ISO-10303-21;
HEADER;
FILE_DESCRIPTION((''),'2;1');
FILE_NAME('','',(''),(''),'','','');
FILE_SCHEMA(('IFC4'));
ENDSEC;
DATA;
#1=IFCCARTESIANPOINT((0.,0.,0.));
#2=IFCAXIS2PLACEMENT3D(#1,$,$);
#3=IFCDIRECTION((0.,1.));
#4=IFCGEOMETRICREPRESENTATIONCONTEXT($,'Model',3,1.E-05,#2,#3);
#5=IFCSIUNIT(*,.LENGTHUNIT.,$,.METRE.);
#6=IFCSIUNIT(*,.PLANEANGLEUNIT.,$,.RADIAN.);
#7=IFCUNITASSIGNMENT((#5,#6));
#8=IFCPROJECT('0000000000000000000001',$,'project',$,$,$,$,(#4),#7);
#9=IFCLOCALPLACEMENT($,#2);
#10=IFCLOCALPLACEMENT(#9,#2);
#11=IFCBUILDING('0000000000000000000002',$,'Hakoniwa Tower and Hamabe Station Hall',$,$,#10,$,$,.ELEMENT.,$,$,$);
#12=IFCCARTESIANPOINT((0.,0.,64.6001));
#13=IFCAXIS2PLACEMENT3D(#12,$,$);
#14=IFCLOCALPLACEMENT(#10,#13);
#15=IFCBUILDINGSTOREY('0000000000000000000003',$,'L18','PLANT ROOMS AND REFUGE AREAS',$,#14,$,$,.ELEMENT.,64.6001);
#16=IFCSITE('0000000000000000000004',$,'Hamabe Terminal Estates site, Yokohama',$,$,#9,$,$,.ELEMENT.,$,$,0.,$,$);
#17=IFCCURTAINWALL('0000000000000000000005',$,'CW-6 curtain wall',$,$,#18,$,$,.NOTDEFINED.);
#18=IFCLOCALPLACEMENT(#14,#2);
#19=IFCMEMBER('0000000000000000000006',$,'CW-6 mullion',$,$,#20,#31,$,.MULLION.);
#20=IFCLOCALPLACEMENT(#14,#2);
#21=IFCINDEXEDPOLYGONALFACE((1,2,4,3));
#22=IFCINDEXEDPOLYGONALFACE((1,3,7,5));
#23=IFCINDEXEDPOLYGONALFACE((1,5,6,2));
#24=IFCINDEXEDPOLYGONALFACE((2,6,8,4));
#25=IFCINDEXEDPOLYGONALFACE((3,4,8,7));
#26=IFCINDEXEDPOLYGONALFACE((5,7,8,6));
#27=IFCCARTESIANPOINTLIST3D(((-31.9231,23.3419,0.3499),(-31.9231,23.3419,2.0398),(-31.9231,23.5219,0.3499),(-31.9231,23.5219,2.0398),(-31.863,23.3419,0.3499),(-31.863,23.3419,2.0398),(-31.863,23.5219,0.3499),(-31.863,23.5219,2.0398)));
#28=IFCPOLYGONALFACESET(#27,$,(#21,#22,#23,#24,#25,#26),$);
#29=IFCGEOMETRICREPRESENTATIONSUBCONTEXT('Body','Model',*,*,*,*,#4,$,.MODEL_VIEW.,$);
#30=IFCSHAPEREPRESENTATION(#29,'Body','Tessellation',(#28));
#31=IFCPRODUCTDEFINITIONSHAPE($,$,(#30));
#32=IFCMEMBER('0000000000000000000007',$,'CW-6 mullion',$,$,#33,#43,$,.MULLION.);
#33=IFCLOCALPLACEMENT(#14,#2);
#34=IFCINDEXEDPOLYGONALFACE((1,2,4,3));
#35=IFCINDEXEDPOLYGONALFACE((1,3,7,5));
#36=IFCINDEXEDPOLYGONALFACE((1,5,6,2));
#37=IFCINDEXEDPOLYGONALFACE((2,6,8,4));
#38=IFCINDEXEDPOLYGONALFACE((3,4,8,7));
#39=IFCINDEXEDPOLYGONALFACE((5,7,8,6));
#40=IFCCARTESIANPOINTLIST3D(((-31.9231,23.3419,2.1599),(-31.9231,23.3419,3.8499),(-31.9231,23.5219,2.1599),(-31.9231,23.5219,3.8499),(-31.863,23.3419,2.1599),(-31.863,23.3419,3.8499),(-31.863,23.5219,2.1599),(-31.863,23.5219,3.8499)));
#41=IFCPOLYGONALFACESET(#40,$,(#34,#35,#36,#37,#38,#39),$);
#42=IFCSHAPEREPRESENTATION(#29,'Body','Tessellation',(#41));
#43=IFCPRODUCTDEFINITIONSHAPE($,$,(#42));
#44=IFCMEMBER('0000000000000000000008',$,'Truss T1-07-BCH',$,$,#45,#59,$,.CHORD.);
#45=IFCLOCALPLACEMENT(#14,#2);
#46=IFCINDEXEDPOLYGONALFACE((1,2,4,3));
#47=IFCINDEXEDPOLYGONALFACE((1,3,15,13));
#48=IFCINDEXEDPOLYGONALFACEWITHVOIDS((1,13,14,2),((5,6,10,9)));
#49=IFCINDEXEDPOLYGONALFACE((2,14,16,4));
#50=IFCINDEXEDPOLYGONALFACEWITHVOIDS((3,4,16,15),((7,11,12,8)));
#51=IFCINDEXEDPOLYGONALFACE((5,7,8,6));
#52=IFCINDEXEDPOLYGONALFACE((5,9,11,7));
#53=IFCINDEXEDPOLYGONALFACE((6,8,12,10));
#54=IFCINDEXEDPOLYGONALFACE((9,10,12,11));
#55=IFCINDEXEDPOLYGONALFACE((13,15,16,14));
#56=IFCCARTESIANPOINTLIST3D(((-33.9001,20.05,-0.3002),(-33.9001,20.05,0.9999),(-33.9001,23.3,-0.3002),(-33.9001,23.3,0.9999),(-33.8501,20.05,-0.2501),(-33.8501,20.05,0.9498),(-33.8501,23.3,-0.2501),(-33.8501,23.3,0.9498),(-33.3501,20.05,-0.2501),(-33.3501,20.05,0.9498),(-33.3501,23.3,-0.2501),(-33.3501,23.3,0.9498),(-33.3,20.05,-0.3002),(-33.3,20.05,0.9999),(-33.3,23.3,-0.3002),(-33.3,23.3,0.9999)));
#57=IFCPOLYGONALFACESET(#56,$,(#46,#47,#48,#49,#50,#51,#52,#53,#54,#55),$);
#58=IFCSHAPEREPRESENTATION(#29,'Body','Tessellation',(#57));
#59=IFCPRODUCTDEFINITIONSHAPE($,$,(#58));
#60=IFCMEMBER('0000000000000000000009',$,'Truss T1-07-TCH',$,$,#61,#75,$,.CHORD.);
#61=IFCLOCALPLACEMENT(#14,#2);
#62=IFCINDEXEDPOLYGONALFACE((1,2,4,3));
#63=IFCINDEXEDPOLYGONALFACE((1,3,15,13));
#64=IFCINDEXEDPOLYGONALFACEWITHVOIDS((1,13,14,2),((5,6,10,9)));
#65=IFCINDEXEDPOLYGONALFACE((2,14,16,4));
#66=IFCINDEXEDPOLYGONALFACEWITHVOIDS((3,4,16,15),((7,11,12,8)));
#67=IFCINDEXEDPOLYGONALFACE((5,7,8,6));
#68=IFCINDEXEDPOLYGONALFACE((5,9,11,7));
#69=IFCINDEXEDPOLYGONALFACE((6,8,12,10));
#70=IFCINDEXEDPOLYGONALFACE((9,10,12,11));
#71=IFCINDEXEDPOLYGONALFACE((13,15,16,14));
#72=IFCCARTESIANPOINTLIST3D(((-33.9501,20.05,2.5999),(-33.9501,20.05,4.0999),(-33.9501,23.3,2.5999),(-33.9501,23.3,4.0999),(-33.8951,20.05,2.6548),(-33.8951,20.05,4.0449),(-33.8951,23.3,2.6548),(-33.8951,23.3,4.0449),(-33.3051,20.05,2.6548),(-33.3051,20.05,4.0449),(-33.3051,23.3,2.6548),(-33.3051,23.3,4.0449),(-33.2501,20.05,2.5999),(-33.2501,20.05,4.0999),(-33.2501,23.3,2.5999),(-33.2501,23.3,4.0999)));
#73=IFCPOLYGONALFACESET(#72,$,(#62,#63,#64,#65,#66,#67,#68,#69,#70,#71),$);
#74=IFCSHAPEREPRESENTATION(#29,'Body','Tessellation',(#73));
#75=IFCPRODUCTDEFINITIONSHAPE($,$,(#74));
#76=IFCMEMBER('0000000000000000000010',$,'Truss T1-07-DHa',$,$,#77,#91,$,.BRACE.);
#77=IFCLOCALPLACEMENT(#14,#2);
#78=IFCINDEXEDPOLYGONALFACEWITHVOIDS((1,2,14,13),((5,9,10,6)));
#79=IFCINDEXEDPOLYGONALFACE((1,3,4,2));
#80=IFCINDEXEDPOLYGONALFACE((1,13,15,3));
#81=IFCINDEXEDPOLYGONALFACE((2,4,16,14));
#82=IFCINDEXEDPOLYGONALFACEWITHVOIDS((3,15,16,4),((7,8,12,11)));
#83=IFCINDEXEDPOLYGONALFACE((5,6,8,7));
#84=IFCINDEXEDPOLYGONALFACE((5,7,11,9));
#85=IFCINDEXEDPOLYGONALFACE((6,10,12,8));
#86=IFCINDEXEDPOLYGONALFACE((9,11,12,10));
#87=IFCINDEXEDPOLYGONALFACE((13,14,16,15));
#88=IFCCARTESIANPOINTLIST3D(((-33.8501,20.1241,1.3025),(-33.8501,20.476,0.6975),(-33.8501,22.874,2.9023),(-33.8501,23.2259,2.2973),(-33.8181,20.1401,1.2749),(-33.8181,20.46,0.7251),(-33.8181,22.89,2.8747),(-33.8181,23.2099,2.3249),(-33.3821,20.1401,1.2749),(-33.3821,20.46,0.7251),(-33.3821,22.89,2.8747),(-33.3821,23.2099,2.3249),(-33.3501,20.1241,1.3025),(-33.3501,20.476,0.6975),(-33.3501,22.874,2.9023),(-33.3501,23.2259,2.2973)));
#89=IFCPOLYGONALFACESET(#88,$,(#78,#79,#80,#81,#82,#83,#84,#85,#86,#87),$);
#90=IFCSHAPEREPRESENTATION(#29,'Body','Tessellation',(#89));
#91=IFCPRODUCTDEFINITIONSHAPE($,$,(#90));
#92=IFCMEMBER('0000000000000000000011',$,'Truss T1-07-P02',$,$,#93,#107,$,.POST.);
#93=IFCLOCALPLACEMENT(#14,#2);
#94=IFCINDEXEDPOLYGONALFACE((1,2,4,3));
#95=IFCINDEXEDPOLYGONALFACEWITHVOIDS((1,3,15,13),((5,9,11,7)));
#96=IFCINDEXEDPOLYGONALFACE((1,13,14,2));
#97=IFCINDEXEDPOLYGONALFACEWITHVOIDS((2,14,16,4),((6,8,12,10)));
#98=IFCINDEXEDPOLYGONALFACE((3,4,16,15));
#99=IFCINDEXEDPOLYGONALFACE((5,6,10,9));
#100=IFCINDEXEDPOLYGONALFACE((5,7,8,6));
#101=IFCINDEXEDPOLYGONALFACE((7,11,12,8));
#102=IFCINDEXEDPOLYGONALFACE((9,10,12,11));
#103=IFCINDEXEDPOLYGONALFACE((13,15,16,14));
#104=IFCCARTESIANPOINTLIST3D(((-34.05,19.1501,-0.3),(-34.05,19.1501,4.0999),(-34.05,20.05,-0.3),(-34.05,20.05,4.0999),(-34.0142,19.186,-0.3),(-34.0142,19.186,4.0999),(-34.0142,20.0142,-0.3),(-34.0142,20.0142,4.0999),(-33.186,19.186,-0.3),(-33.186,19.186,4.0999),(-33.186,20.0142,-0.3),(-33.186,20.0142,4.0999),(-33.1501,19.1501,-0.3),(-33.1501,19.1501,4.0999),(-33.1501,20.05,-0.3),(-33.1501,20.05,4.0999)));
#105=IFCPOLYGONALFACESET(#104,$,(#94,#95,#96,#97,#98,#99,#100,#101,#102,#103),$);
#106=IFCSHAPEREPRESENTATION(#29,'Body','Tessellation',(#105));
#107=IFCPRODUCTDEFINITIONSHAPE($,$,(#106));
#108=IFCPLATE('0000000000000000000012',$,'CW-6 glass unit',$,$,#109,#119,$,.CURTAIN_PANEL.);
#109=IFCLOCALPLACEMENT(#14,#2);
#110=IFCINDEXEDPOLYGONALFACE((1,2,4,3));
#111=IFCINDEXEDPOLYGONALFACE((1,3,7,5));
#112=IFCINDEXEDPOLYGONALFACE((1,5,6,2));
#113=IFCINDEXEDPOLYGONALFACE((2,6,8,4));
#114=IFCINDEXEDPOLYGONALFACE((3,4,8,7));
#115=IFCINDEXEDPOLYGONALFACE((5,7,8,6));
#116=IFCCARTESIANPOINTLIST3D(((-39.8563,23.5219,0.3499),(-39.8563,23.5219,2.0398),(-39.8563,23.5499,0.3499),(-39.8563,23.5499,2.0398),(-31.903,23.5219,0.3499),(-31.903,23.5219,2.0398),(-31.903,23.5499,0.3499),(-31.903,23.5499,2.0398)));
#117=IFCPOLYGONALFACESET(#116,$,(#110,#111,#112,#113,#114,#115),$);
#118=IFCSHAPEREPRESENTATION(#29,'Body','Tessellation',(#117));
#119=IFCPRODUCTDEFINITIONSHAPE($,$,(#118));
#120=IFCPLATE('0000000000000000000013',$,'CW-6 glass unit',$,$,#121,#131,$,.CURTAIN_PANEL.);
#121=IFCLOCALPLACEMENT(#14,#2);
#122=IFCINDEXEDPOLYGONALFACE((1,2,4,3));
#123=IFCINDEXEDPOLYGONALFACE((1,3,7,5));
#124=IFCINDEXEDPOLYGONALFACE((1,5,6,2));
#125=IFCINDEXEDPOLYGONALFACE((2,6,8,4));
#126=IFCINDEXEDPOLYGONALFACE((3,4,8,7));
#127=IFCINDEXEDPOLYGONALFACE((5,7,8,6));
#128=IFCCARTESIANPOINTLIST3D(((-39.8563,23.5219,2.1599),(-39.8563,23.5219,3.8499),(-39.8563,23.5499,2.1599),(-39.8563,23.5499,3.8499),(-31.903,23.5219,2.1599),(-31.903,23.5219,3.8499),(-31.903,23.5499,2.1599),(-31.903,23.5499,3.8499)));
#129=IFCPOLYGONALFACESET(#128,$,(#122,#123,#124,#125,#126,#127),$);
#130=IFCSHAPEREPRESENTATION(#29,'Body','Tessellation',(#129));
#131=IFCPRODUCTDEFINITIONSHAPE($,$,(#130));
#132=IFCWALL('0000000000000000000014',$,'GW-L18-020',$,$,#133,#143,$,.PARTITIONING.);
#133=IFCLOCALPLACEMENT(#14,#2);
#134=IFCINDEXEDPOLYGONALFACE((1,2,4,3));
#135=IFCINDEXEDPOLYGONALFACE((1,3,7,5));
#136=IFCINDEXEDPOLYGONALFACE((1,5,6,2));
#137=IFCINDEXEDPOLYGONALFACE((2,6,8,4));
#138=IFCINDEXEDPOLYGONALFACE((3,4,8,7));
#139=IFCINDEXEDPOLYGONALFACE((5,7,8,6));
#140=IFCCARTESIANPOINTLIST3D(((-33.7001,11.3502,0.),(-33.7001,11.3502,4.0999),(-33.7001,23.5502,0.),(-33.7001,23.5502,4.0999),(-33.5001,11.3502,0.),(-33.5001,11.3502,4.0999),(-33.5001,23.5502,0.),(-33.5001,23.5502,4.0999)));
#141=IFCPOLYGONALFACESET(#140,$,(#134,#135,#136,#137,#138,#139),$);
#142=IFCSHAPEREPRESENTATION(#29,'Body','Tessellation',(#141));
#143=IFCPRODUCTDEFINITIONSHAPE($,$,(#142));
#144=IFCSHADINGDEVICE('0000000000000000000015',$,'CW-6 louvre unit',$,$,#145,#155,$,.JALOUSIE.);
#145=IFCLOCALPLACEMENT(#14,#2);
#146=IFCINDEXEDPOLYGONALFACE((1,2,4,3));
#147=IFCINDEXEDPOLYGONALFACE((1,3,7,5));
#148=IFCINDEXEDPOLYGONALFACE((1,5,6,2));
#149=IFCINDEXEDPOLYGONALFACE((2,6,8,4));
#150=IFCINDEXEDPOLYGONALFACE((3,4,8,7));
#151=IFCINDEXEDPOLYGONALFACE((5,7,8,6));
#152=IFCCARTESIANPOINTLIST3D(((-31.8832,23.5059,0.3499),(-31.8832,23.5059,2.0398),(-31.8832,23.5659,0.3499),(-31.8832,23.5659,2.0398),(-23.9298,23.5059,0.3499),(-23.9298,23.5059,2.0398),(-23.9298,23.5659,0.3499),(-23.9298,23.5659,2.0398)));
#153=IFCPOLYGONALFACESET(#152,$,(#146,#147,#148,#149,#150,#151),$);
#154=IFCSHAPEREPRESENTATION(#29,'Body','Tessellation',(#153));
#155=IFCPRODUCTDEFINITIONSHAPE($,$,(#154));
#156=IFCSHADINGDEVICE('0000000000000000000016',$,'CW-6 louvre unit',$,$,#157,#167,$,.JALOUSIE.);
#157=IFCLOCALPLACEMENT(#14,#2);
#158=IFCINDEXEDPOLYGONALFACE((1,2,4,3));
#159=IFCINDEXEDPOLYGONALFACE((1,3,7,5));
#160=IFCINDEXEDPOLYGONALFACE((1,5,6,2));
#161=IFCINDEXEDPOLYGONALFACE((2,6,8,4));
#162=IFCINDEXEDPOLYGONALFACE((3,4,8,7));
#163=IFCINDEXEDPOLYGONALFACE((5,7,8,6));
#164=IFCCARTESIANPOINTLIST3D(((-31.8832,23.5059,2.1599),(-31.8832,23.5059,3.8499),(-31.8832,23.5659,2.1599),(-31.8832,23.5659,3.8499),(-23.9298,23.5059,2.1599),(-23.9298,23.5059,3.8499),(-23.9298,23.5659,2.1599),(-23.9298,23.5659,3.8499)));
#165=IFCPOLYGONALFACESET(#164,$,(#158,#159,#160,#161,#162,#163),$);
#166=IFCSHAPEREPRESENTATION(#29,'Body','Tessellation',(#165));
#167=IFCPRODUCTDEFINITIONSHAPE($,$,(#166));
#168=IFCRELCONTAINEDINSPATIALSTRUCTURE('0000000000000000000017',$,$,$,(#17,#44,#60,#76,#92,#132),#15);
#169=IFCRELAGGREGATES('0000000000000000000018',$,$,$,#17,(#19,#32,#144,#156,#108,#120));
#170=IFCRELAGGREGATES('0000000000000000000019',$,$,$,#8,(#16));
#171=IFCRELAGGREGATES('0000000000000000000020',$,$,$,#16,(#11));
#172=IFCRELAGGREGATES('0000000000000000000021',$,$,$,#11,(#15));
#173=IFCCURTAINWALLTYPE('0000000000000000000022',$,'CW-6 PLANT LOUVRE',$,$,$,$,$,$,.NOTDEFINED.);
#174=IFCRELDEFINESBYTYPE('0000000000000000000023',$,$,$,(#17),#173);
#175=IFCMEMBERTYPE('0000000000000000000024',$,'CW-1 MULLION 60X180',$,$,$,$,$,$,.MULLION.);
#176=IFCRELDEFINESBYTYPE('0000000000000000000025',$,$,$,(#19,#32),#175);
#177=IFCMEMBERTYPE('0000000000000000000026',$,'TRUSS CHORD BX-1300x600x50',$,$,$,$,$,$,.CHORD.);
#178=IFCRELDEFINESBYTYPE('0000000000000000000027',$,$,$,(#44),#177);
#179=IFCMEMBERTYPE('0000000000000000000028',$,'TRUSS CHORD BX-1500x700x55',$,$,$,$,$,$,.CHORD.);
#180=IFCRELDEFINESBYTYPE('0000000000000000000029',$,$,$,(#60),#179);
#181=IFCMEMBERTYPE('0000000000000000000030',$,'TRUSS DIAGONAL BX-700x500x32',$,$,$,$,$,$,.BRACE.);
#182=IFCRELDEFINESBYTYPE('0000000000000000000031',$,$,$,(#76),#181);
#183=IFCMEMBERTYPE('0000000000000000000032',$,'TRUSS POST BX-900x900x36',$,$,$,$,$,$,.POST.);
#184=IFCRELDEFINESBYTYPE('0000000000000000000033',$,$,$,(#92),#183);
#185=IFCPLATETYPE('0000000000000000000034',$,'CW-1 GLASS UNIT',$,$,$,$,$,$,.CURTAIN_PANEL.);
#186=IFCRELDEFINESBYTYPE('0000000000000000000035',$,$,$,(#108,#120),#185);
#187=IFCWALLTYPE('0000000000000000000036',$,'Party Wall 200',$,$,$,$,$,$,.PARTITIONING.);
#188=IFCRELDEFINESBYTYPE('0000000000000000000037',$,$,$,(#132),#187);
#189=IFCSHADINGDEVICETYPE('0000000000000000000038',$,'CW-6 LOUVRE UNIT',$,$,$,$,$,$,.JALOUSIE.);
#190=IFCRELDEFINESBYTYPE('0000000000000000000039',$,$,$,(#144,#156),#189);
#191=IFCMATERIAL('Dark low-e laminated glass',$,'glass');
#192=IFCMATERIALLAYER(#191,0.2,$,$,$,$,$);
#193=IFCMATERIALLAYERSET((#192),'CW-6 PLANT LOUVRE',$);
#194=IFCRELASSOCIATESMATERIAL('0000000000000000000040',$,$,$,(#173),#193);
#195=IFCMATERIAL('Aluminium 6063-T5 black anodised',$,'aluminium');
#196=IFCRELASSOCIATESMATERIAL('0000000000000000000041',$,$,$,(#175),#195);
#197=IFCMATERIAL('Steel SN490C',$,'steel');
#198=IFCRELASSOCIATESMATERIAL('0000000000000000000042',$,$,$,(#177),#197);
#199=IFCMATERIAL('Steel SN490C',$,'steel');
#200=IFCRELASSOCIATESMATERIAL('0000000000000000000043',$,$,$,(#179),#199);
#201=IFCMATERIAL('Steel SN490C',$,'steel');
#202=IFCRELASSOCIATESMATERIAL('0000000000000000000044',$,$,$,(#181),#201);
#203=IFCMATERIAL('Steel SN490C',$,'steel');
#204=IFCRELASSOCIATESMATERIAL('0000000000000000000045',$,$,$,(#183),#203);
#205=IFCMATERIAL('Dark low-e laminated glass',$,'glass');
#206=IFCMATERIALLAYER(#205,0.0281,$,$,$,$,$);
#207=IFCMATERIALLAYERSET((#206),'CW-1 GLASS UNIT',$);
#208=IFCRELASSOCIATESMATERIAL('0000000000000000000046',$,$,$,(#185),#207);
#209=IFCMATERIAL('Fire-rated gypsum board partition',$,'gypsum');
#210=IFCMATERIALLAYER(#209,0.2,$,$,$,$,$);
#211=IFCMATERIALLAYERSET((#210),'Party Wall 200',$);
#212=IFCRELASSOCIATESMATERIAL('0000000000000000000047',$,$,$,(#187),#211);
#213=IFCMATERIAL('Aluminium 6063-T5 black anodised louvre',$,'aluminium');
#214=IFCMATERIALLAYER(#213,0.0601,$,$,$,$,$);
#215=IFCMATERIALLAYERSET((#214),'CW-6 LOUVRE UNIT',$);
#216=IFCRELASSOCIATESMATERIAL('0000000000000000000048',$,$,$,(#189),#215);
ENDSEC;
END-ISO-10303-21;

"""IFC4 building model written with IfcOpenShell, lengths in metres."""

from ifc_helpers import new_model, si_unit, direction, frame, frame_2d, origin, origin_2d, place, context, subcontext, project, spatial, rectangle, hollow_rectangle, extrude, material, layer, layer_set, material_profile, profile_set, type_object, element, aggregate, save


model = new_model("IFC4")

# Units and contexts
model_context = context("Model", 3, precision=1e-05, world=origin(), true_north=direction((0.0, 1.0)))
body_context = subcontext(model_context, "Body", "Model", "MODEL_VIEW")
ifc_project = project(units=[si_unit("LENGTHUNIT", "METRE"), si_unit("PLANEANGLEUNIT", "RADIAN")], contexts=[model_context])

# Site, building, storey
site_placement = place(None, origin())
site = spatial("IfcSite", under=ifc_project, at=site_placement, Name="Hamabe Terminal Estates site, Yokohama", CompositionType="ELEMENT", RefElevation=0.0)
building_placement = place(site_placement, origin())
building = spatial("IfcBuilding", under=site, at=building_placement, Name="Hakoniwa Tower and Hamabe Station Hall", CompositionType="ELEMENT")
storey_placement = place(building_placement, frame((0.0, 0.0, 64.6001)))
storey = spatial("IfcBuildingStorey", under=building, at=storey_placement, Name="L18", Description="PLANT ROOMS AND REFUGE AREAS", CompositionType="ELEMENT", Elevation=64.6001)

# Curtain wall, members
ifc_material_1 = material(Name="Dark low-e laminated glass", Category="glass")
ifc_layer_1 = layer(ifc_material_1, 0.2)
ifc_layer_set_1 = layer_set([ifc_layer_1], Name="CW-6 PLANT LOUVRE")
curtain_wall_type = type_object("IfcCurtainWallType", Name="CW-6 PLANT LOUVRE", PredefinedType="NOTDEFINED", material=ifc_layer_set_1)
curtain_wall_placement = place(storey_placement, origin())
curtain_wall = element("IfcCurtainWall", 1, at=curtain_wall_placement, inside=storey, type_object=curtain_wall_type, Name="CW-6 curtain wall", PredefinedType="NOTDEFINED")
ifc_material_2 = material(Name="Aluminium 6063-T5 black anodised", Category="aluminium")
ifc_material_profile_1 = material_profile(ifc_material_2, rectangle(XDim=0.0601, YDim=0.1799, at=origin_2d()), Name="CW-1 MULLION 60X180")
ifc_profile_set_1 = profile_set([ifc_material_profile_1], Name="Aluminium 6063-T5 black anodised")
member_type_1 = type_object("IfcMemberType", Name="CW-1 MULLION 60X180", PredefinedType="MULLION", material=ifc_profile_set_1)
member_1_placement = place(storey_placement, frame((-31.8931, 23.4319, 0.3499), z_axis=(0.0, 0.0, 1.0), x_axis=(-1.0, 0.0, 0.0)))
member_1 = element("IfcMember", 2, at=member_1_placement, type_object=member_type_1, Name="CW-6 mullion", PredefinedType="MULLION", context=body_context, shape_type="SweptSolid", body=[
    extrude(rectangle(XDim=0.0601, YDim=0.1799, at=origin_2d()), origin(), (0.0, 0.0, 1.0), 1.6899),
])
member_2_placement = place(storey_placement, frame((-31.8931, 23.4319, 2.1599), z_axis=(0.0, 0.0, 1.0), x_axis=(-1.0, 0.0, 0.0)))
member_2 = element("IfcMember", 3, at=member_2_placement, type_object=member_type_1, Name="CW-6 mullion", PredefinedType="MULLION", context=body_context, shape_type="SweptSolid", body=[
    extrude(rectangle(XDim=0.0601, YDim=0.1799, at=origin_2d()), origin(), (0.0, 0.0, 1.0), 1.6899),
])

# Members
ifc_material_3 = material(Name="Steel SN490C", Category="steel")
ifc_material_profile_2 = material_profile(ifc_material_3, hollow_rectangle(XDim=0.6001, YDim=1.3, WallThickness=0.05, at=origin_2d()), Name="BX-1300x600x50")
ifc_profile_set_2 = profile_set([ifc_material_profile_2], Name="Steel SN490C")
member_type_2 = type_object("IfcMemberType", Name="TRUSS CHORD BX-1300x600x50", PredefinedType="CHORD", material=ifc_profile_set_2)
member_3_placement = place(storey_placement, frame((-33.6001, 20.05, 0.3499), z_axis=(0.0, 1.0, 0.0), x_axis=(-1.0, 0.0, 0.0)))
element("IfcMember", 4, at=member_3_placement, inside=storey, type_object=member_type_2, Name="Truss T1-07-BCH", PredefinedType="CHORD", context=body_context, shape_type="SweptSolid", body=[
    extrude(hollow_rectangle(XDim=0.6001, YDim=1.3, WallThickness=0.05, at=origin_2d()), origin(), (0.0, 0.0, 1.0), 3.25),
])
ifc_material_4 = material(Name="Steel SN490C", Category="steel")
ifc_material_profile_3 = material_profile(ifc_material_4, hollow_rectangle(XDim=0.7, YDim=1.5, WallThickness=0.0549, at=origin_2d()), Name="BX-1500x700x55")
ifc_profile_set_3 = profile_set([ifc_material_profile_3], Name="Steel SN490C")
member_type_3 = type_object("IfcMemberType", Name="TRUSS CHORD BX-1500x700x55", PredefinedType="CHORD", material=ifc_profile_set_3)
member_4_placement = place(storey_placement, frame((-33.6001, 20.05, 3.3499), z_axis=(0.0, 1.0, 0.0), x_axis=(-1.0, 0.0, 0.0)))
element("IfcMember", 5, at=member_4_placement, inside=storey, type_object=member_type_3, Name="Truss T1-07-TCH", PredefinedType="CHORD", context=body_context, shape_type="SweptSolid", body=[
    extrude(hollow_rectangle(XDim=0.7, YDim=1.5, WallThickness=0.0549, at=origin_2d()), origin(), (0.0, 0.0, 1.0), 3.25),
])
ifc_material_5 = material(Name="Steel SN490C", Category="steel")
ifc_material_profile_4 = material_profile(ifc_material_5, hollow_rectangle(XDim=0.5, YDim=0.7, WallThickness=0.032, at=origin_2d()), Name="BX-700x500x32")
ifc_profile_set_4 = profile_set([ifc_material_profile_4], Name="Steel SN490C")
member_type_4 = type_object("IfcMemberType", Name="TRUSS DIAGONAL BX-700x500x32", PredefinedType="BRACE", material=ifc_profile_set_4)
member_5_placement = place(storey_placement, frame((-33.6001, 20.3, 1.0), z_axis=(0.0, 0.864368, 0.502859), x_axis=(-1.0, 0.0, 0.0)))
element("IfcMember", 6, at=member_5_placement, inside=storey, type_object=member_type_4, Name="Truss T1-07-DHa", PredefinedType="BRACE", context=body_context, shape_type="SweptSolid", body=[
    extrude(hollow_rectangle(XDim=0.5, YDim=0.7, WallThickness=0.032, at=origin_2d()), origin(), (0.0, 0.0, 1.0), 3.1814),
])
ifc_material_6 = material(Name="Steel SN490C", Category="steel")
ifc_material_profile_5 = material_profile(ifc_material_6, hollow_rectangle(XDim=0.8999, YDim=0.8999, WallThickness=0.0359, at=origin_2d()), Name="BX-900x900x36")
ifc_profile_set_5 = profile_set([ifc_material_profile_5], Name="Steel SN490C")
member_type_5 = type_object("IfcMemberType", Name="TRUSS POST BX-900x900x36", PredefinedType="POST", material=ifc_profile_set_5)
member_6_placement = place(storey_placement, frame((-33.6001, 19.6001, -0.3), z_axis=(0.0, 0.0, 1.0), x_axis=(1.0, 0.0, 0.0)))
element("IfcMember", 7, at=member_6_placement, inside=storey, type_object=member_type_5, Name="Truss T1-07-P02", PredefinedType="POST", context=body_context, shape_type="SweptSolid", body=[
    extrude(hollow_rectangle(XDim=0.8999, YDim=0.8999, WallThickness=0.0359, at=origin_2d()), origin(), (0.0, 0.0, 1.0), 4.3999),
])

# Plates
ifc_material_7 = material(Name="Dark low-e laminated glass", Category="glass")
ifc_layer_2 = layer(ifc_material_7, 0.0281)
ifc_layer_set_2 = layer_set([ifc_layer_2], Name="CW-1 GLASS UNIT")
plate_type = type_object("IfcPlateType", Name="CW-1 GLASS UNIT", PredefinedType="CURTAIN_PANEL", material=ifc_layer_set_2)
plate_1_placement = place(storey_placement, frame((-35.8796, 23.5359, 0.3499), z_axis=(0.0, 0.0, 1.0), x_axis=(-1.0, 0.0, 0.0)))
plate_1 = element("IfcPlate", 8, at=plate_1_placement, type_object=plate_type, Name="CW-6 glass unit", PredefinedType="CURTAIN_PANEL", context=body_context, shape_type="SweptSolid", body=[
    extrude(rectangle(XDim=7.9534, YDim=0.0281, at=origin_2d()), origin(), (0.0, 0.0, 1.0), 1.6899),
])
plate_2_placement = place(storey_placement, frame((-35.8796, 23.5359, 2.1599), z_axis=(0.0, 0.0, 1.0), x_axis=(-1.0, 0.0, 0.0)))
plate_2 = element("IfcPlate", 9, at=plate_2_placement, type_object=plate_type, Name="CW-6 glass unit", PredefinedType="CURTAIN_PANEL", context=body_context, shape_type="SweptSolid", body=[
    extrude(rectangle(XDim=7.9534, YDim=0.0281, at=origin_2d()), origin(), (0.0, 0.0, 1.0), 1.6899),
])

# Wall
ifc_material_8 = material(Name="Fire-rated gypsum board partition", Category="gypsum")
ifc_layer_3 = layer(ifc_material_8, 0.2)
ifc_layer_set_3 = layer_set([ifc_layer_3], Name="Party Wall 200")
wall_type = type_object("IfcWallType", Name="Party Wall 200", PredefinedType="PARTITIONING", material=ifc_layer_set_3)
wall_placement = place(storey_placement, frame((-33.6001, 11.3501, 0.0), z_axis=(0.0, 0.0, 1.0), x_axis=(0.0, 1.0, 0.0)))
element("IfcWall", 10, at=wall_placement, inside=storey, type_object=wall_type, Name="GW-L18-020", PredefinedType="PARTITIONING", context=body_context, shape_type="SweptSolid", body=[
    extrude(rectangle(XDim=12.2, YDim=0.2, at=frame_2d((6.1001, 0.0))), origin(), (0.0, 0.0, 1.0), 4.0999),
])

# Shading devices
ifc_material_9 = material(Name="Aluminium 6063-T5 black anodised louvre", Category="aluminium")
ifc_layer_4 = layer(ifc_material_9, 0.0601)
ifc_layer_set_4 = layer_set([ifc_layer_4], Name="CW-6 LOUVRE UNIT")
shading_device_type = type_object("IfcShadingDeviceType", Name="CW-6 LOUVRE UNIT", PredefinedType="JALOUSIE", material=ifc_layer_set_4)
shading_device_1_placement = place(storey_placement, frame((-27.9065, 23.5359, 0.3499), z_axis=(0.0, 0.0, 1.0), x_axis=(-1.0, 0.0, 0.0)))
shading_device_1 = element("IfcShadingDevice", 11, at=shading_device_1_placement, type_object=shading_device_type, Name="CW-6 louvre unit", PredefinedType="JALOUSIE", context=body_context, shape_type="SweptSolid", body=[
    extrude(rectangle(XDim=7.9534, YDim=0.0601, at=origin_2d()), origin(), (0.0, 0.0, 1.0), 1.6899),
])
shading_device_2_placement = place(storey_placement, frame((-27.9065, 23.5359, 2.1599), z_axis=(0.0, 0.0, 1.0), x_axis=(-1.0, 0.0, 0.0)))
shading_device_2 = element("IfcShadingDevice", 12, at=shading_device_2_placement, type_object=shading_device_type, Name="CW-6 louvre unit", PredefinedType="JALOUSIE", context=body_context, shape_type="SweptSolid", body=[
    extrude(rectangle(XDim=7.9534, YDim=0.0601, at=origin_2d()), origin(), (0.0, 0.0, 1.0), 1.6899),
])
aggregate(curtain_wall, [member_1, member_2, shading_device_1, shading_device_2, plate_1, plate_2])

save(model, "model.ifc")
